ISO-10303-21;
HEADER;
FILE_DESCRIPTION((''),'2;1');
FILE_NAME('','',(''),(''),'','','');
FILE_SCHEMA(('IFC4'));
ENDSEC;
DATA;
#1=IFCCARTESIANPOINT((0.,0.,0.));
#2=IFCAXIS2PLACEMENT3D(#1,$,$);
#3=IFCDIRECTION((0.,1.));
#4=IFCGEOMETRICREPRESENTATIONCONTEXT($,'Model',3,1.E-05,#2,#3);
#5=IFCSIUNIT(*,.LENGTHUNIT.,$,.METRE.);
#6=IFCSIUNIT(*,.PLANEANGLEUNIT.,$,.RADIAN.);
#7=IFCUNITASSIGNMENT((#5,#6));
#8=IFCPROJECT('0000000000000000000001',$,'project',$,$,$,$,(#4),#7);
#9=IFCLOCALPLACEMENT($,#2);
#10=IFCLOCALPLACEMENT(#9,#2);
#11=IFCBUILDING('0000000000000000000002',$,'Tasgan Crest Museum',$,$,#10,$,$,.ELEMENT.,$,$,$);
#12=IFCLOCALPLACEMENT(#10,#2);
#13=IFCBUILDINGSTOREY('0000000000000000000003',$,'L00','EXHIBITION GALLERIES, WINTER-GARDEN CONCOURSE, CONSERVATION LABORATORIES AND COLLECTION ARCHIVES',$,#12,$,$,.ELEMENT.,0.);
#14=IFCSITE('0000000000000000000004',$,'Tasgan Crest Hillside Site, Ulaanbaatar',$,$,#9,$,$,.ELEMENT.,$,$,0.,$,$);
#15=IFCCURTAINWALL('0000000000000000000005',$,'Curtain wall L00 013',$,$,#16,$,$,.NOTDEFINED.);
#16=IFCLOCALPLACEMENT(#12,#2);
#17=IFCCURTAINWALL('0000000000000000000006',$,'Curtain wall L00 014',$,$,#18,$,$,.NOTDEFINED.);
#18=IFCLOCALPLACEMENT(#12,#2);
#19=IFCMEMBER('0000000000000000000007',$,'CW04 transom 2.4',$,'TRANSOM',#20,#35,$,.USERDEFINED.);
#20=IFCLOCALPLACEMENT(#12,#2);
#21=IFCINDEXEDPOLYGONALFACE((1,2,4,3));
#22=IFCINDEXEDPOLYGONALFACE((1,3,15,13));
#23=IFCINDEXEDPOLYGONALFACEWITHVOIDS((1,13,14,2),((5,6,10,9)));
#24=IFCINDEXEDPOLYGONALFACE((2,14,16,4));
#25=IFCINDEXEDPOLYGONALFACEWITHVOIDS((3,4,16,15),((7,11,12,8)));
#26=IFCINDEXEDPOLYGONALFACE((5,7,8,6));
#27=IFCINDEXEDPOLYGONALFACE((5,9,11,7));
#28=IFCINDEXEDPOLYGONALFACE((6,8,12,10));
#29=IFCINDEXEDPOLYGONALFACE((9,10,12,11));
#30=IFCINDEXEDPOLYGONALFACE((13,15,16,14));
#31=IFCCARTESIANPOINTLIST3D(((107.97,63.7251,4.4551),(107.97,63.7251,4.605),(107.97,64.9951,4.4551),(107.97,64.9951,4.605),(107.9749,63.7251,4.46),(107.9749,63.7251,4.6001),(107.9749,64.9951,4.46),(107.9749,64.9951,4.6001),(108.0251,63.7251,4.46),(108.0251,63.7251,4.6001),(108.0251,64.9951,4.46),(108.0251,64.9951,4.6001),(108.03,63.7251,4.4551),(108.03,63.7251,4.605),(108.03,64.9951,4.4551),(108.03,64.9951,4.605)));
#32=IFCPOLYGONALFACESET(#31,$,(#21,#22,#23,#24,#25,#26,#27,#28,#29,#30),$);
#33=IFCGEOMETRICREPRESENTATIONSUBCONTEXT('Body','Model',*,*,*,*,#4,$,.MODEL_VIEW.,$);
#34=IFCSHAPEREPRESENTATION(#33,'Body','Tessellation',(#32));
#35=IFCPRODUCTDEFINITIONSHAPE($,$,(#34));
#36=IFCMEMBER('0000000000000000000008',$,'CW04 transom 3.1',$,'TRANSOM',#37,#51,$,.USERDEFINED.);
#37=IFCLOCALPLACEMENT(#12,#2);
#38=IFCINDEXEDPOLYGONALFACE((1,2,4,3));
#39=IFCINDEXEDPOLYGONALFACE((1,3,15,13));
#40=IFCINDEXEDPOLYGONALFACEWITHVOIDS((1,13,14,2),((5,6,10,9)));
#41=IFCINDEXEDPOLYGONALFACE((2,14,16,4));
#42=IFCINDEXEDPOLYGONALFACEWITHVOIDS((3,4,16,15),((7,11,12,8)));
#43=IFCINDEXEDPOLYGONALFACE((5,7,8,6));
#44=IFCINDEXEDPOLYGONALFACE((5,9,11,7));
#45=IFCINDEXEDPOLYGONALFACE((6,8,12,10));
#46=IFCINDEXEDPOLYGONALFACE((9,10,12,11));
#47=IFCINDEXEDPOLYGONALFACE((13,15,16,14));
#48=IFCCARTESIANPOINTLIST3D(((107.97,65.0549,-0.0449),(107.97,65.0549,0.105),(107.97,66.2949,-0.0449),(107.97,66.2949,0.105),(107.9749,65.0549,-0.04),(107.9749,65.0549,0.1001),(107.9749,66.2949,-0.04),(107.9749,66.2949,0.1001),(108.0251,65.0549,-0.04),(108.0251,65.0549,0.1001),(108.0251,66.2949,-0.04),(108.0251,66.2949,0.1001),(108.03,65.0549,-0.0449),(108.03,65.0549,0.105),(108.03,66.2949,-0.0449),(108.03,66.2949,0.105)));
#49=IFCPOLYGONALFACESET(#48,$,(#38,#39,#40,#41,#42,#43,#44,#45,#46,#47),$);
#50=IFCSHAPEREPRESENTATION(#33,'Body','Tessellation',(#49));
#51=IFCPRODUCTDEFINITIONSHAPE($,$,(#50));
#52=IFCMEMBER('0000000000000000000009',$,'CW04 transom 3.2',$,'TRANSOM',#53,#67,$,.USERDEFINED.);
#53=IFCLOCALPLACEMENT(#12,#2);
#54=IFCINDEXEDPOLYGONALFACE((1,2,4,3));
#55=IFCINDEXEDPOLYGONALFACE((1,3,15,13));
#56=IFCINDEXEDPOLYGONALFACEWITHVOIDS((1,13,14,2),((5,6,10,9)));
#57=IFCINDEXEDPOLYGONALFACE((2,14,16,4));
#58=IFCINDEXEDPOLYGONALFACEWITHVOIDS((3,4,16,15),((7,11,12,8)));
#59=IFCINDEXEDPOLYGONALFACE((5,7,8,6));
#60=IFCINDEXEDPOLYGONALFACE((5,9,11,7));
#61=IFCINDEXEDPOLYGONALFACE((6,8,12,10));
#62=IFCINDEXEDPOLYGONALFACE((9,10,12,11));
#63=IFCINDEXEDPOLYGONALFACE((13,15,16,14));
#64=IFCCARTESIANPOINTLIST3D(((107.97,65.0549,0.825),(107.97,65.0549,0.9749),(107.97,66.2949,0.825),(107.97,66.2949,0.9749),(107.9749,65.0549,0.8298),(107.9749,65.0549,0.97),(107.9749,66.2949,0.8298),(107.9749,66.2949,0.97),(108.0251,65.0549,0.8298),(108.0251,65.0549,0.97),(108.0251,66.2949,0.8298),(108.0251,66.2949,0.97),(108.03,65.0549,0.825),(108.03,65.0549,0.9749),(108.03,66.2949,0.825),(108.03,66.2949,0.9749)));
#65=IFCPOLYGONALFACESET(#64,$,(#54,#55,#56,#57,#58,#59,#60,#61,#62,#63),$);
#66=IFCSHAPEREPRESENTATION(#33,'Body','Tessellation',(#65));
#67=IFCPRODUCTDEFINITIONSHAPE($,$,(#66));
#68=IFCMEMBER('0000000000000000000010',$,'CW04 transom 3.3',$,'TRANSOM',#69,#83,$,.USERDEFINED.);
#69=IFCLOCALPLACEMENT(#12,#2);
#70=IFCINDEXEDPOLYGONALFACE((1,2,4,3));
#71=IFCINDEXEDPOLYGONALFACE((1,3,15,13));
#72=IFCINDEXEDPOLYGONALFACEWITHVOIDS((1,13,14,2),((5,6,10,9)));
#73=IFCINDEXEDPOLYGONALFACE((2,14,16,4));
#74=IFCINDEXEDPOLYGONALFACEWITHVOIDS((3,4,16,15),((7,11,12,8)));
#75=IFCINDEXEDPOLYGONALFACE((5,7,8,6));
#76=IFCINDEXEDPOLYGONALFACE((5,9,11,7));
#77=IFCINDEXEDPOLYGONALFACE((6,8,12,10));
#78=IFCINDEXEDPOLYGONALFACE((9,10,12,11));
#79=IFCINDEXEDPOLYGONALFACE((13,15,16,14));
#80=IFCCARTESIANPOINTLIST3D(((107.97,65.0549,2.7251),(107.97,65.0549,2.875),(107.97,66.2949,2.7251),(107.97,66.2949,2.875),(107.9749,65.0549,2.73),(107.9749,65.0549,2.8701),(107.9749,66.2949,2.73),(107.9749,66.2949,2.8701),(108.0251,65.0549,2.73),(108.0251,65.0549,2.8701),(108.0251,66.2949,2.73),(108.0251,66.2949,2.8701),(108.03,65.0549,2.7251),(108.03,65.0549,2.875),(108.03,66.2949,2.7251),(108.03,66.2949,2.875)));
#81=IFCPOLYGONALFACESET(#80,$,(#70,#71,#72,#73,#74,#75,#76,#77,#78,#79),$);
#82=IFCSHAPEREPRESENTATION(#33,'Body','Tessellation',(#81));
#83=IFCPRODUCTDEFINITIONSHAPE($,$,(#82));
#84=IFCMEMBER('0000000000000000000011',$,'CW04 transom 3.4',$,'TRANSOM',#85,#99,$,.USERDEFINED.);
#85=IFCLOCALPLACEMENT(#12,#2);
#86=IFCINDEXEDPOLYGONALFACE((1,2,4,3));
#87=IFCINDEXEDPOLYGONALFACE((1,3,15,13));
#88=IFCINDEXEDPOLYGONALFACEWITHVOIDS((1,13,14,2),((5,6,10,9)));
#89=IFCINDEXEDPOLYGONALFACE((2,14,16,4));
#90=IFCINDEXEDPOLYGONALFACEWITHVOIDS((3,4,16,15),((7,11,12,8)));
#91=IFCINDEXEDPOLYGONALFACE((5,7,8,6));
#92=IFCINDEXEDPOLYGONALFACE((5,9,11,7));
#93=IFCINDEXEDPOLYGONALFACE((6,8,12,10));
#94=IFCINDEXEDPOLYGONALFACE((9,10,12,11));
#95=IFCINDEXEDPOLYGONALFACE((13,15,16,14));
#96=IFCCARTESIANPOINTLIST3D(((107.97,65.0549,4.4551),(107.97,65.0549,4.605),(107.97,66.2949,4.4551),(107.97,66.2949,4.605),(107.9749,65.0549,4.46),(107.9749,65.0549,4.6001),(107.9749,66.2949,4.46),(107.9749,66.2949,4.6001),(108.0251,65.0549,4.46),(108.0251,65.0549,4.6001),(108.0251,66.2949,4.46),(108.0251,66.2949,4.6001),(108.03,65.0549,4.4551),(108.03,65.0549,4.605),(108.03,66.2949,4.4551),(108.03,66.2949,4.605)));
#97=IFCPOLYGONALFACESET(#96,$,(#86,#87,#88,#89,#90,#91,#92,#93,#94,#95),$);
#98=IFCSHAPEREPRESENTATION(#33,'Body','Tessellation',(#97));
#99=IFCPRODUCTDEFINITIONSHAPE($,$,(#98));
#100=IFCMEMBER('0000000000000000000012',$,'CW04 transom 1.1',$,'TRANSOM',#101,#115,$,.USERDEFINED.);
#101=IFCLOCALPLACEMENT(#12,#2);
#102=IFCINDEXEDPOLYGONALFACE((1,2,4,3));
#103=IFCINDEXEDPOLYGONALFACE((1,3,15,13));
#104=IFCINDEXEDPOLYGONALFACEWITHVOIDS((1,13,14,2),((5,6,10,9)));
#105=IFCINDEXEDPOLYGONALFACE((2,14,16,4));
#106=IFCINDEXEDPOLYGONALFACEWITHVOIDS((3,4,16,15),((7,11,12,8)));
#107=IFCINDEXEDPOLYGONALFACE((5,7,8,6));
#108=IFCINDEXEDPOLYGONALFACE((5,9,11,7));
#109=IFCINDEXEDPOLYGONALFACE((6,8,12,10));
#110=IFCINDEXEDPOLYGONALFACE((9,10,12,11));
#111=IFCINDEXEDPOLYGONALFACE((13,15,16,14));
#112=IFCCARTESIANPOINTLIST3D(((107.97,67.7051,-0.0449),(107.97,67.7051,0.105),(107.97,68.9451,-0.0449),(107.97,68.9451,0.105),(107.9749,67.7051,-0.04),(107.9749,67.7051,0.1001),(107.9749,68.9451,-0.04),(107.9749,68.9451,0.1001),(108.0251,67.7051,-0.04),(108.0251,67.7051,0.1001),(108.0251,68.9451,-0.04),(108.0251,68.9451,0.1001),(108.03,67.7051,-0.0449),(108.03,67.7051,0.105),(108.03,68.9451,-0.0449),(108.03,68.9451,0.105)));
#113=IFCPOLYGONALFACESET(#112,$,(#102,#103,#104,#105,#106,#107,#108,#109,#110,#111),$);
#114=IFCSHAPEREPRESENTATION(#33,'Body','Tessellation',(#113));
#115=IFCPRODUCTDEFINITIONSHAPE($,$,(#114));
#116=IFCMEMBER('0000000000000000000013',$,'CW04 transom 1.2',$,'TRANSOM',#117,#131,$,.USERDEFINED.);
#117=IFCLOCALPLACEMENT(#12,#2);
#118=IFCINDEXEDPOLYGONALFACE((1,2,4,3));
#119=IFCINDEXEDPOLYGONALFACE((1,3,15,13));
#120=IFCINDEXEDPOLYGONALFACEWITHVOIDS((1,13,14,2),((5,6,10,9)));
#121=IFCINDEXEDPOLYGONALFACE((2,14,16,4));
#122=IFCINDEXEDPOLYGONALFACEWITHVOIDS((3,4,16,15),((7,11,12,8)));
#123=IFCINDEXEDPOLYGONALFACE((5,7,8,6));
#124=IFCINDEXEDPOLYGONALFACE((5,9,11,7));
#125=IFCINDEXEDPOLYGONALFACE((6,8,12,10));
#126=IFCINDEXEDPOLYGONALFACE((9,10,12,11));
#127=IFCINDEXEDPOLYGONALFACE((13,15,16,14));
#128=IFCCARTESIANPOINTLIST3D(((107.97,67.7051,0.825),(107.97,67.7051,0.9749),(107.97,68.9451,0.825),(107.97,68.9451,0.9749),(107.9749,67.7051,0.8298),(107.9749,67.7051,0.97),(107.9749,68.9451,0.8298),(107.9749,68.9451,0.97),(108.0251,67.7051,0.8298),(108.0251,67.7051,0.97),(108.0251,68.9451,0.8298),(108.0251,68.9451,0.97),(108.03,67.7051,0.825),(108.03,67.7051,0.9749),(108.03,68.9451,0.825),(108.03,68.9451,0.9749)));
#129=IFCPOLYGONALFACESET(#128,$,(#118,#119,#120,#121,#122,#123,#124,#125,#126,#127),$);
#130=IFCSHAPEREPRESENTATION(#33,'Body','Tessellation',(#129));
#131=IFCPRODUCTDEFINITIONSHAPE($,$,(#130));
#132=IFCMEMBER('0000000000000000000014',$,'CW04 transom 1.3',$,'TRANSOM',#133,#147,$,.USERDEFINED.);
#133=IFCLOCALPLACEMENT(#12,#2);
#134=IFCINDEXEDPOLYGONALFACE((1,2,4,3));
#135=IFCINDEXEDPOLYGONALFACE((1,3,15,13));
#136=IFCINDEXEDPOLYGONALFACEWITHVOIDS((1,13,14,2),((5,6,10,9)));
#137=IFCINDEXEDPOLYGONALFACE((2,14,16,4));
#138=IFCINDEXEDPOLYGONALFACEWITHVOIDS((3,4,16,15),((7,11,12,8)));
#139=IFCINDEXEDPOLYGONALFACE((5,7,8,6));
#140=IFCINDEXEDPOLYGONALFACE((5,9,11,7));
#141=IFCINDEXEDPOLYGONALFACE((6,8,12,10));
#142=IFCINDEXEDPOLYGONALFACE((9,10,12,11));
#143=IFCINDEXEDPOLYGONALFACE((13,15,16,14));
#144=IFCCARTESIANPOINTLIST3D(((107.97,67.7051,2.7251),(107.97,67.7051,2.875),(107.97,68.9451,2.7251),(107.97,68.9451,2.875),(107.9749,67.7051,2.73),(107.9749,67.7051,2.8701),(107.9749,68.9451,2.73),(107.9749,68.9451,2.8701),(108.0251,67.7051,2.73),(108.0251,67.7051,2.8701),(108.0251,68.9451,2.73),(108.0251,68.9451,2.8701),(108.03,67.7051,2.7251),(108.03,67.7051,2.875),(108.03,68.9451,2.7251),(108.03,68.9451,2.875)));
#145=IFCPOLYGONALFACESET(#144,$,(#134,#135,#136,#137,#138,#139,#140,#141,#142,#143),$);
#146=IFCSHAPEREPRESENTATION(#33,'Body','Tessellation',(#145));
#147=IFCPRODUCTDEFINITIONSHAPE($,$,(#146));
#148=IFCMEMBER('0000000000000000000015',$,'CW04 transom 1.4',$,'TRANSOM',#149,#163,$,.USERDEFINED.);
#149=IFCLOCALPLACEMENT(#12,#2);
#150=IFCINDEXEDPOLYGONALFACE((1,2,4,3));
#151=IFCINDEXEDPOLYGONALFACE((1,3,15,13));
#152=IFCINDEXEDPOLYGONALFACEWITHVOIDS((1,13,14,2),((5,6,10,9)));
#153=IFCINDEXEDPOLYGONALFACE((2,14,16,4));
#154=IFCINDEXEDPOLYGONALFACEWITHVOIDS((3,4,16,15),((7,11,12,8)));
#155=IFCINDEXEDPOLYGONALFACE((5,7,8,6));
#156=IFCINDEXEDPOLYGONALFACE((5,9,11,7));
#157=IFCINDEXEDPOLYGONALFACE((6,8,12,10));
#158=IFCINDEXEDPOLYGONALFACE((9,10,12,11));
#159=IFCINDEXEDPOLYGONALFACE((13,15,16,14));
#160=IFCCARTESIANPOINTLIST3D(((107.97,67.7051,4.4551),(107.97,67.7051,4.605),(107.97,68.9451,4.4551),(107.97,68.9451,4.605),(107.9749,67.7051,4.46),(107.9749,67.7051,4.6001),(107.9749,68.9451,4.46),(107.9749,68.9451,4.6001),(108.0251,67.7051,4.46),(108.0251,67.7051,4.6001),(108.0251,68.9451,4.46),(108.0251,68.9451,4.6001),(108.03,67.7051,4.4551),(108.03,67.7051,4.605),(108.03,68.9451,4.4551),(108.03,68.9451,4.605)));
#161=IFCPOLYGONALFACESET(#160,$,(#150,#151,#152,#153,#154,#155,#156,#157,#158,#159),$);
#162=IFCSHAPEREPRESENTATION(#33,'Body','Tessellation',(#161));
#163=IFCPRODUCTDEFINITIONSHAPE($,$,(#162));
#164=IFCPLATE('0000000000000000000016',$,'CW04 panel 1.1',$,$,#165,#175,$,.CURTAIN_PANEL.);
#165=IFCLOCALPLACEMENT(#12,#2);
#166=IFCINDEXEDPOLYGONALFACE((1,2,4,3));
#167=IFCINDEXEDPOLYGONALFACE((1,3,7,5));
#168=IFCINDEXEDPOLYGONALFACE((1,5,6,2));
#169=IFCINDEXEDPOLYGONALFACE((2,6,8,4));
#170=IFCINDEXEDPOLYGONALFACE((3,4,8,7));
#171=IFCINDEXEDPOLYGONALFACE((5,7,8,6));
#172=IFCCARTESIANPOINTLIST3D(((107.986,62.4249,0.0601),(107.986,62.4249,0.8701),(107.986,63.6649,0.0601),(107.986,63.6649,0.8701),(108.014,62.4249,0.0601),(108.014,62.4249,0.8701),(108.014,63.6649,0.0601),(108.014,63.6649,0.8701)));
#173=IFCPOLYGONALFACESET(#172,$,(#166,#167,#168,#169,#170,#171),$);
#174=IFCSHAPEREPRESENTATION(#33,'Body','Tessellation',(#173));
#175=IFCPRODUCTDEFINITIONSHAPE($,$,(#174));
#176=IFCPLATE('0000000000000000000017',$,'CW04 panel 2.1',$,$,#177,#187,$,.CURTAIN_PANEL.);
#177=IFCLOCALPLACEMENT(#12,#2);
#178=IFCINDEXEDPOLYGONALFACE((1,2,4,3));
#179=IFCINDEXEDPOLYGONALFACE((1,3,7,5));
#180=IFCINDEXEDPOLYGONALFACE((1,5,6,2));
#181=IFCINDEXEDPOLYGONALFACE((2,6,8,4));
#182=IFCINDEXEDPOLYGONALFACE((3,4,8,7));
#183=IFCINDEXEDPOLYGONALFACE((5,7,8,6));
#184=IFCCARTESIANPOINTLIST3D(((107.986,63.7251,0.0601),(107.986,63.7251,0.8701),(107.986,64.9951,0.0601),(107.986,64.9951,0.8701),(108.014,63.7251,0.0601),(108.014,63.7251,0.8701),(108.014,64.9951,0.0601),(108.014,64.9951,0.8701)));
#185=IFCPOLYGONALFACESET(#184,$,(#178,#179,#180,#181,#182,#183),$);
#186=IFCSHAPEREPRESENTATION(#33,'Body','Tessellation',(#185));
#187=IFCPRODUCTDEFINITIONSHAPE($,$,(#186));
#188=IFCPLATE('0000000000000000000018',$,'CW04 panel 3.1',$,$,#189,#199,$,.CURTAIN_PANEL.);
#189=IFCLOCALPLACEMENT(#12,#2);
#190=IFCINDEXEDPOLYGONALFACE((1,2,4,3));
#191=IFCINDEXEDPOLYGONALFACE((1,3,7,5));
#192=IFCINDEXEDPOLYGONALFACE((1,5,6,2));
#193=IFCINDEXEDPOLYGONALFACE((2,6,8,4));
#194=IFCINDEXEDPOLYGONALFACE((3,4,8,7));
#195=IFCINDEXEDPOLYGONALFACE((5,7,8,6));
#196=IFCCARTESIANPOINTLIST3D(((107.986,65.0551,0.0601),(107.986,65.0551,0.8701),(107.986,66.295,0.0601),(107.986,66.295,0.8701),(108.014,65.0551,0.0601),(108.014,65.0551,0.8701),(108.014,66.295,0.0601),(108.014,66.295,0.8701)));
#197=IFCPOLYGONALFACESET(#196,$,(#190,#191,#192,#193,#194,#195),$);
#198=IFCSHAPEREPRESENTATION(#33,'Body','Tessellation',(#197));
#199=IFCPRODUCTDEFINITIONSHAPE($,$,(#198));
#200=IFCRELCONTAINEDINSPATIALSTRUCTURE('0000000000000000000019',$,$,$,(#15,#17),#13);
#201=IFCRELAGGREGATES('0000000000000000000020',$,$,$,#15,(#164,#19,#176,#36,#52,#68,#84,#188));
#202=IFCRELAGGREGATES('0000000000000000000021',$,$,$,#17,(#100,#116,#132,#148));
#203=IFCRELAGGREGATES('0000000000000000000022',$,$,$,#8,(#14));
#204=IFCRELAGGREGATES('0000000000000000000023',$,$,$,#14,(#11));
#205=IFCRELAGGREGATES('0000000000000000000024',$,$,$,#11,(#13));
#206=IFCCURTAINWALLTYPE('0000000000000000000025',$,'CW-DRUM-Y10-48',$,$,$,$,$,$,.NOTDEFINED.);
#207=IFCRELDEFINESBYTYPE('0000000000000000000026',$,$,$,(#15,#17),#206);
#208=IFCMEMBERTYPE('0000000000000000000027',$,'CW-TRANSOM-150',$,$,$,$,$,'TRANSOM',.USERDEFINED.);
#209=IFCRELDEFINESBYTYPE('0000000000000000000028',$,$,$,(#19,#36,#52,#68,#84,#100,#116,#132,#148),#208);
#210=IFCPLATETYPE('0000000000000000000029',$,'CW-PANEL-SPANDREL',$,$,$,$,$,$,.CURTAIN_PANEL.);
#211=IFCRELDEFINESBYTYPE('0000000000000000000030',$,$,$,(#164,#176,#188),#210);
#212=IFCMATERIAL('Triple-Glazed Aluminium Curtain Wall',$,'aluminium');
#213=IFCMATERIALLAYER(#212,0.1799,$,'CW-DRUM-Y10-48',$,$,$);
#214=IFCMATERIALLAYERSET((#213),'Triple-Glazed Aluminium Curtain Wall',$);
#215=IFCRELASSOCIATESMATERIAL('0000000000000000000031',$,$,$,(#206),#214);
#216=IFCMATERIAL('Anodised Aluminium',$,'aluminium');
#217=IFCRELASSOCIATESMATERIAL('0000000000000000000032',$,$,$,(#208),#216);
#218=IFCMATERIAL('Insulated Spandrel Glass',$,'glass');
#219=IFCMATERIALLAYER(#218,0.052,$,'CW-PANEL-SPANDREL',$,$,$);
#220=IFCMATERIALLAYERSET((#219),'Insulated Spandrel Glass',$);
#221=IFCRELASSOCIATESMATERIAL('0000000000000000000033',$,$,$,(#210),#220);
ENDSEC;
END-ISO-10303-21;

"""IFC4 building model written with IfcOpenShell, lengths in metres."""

from ifc_helpers import new_model, si_unit, direction, frame, origin, origin_2d, place, context, subcontext, project, spatial, rectangle, hollow_rectangle, extrude, material, layer, layer_set, material_profile, profile_set, type_object, element, aggregate, save


model = new_model("IFC4")

# Units and contexts
model_context = context("Model", 3, precision=1e-05, world=origin(), true_north=direction((0.0, 1.0)))
body_context = subcontext(model_context, "Body", "Model", "MODEL_VIEW")
ifc_project = project(units=[si_unit("LENGTHUNIT", "METRE"), si_unit("PLANEANGLEUNIT", "RADIAN")], contexts=[model_context])

# Site, building, storey
site_placement = place(None, origin())
site = spatial("IfcSite", under=ifc_project, at=site_placement, Name="Tasgan Crest Hillside Site, Ulaanbaatar", CompositionType="ELEMENT", RefElevation=0.0)
building_placement = place(site_placement, origin())
building = spatial("IfcBuilding", under=site, at=building_placement, Name="Tasgan Crest Museum", CompositionType="ELEMENT")
storey_placement = place(building_placement, origin())
storey = spatial("IfcBuildingStorey", under=building, at=storey_placement, Name="L00", Description="EXHIBITION GALLERIES, WINTER-GARDEN CONCOURSE, CONSERVATION LABORATORIES AND COLLECTION ARCHIVES", CompositionType="ELEMENT", Elevation=0.0)

# Curtain walls
ifc_material_1 = material(Name="Triple-Glazed Aluminium Curtain Wall", Category="aluminium")
ifc_layer_1 = layer(ifc_material_1, 0.1799, Name="CW-DRUM-Y10-48")
ifc_layer_set_1 = layer_set([ifc_layer_1], Name="Triple-Glazed Aluminium Curtain Wall")
curtain_wall_type = type_object("IfcCurtainWallType", Name="CW-DRUM-Y10-48", PredefinedType="NOTDEFINED", material=ifc_layer_set_1)
curtain_wall_1_placement = place(storey_placement, origin())
curtain_wall_1 = element("IfcCurtainWall", 1, at=curtain_wall_1_placement, inside=storey, type_object=curtain_wall_type, Name="Curtain wall L00 013", PredefinedType="NOTDEFINED")
curtain_wall_2_placement = place(storey_placement, origin())
curtain_wall_2 = element("IfcCurtainWall", 2, at=curtain_wall_2_placement, inside=storey, type_object=curtain_wall_type, Name="Curtain wall L00 014", PredefinedType="NOTDEFINED")

# Members
ifc_material_2 = material(Name="Anodised Aluminium", Category="aluminium")
ifc_material_profile_1 = material_profile(ifc_material_2, hollow_rectangle(XDim=0.0601, YDim=0.1499, WallThickness=0.0049, at=origin_2d()), Name="ALU TRANSOM 150x60x5")
ifc_profile_set_1 = profile_set([ifc_material_profile_1], Name="Anodised Aluminium")
member_type_1 = type_object("IfcMemberType", Name="CW-TRANSOM-150", ElementType="TRANSOM", PredefinedType="USERDEFINED", material=ifc_profile_set_1)
member_1_placement = place(storey_placement, frame((108.0, 63.7251, 4.53), z_axis=(0.0, 1.0, 0.0), x_axis=(-1.0, 0.0, 0.0)))
member_1 = element("IfcMember", 3, at=member_1_placement, type_object=member_type_1, Name="CW04 transom 2.4", ObjectType="TRANSOM", PredefinedType="USERDEFINED", context=body_context, shape_type="SweptSolid", body=[
    extrude(hollow_rectangle(XDim=0.0601, YDim=0.1499, WallThickness=0.0049, at=origin_2d()), origin(), (0.0, 0.0, 1.0), 1.27),
])
member_2_placement = place(storey_placement, frame((108.0, 65.0549, 0.03), z_axis=(0.0, 1.0, 0.0), x_axis=(-1.0, 0.0, 0.0)))
member_2 = element("IfcMember", 4, at=member_2_placement, type_object=member_type_1, Name="CW04 transom 3.1", ObjectType="TRANSOM", PredefinedType="USERDEFINED", context=body_context, shape_type="SweptSolid", body=[
    extrude(hollow_rectangle(XDim=0.0601, YDim=0.1499, WallThickness=0.0049, at=origin_2d()), origin(), (0.0, 0.0, 1.0), 1.24),
])
member_3_placement = place(storey_placement, frame((108.0, 65.0549, 0.8999), z_axis=(0.0, 1.0, 0.0), x_axis=(-1.0, 0.0, 0.0)))
member_3 = element("IfcMember", 5, at=member_3_placement, type_object=member_type_1, Name="CW04 transom 3.2", ObjectType="TRANSOM", PredefinedType="USERDEFINED", context=body_context, shape_type="SweptSolid", body=[
    extrude(hollow_rectangle(XDim=0.0601, YDim=0.1499, WallThickness=0.0049, at=origin_2d()), origin(), (0.0, 0.0, 1.0), 1.24),
])
member_4_placement = place(storey_placement, frame((108.0, 65.0549, 2.8), z_axis=(0.0, 1.0, 0.0), x_axis=(-1.0, 0.0, 0.0)))
member_4 = element("IfcMember", 6, at=member_4_placement, type_object=member_type_1, Name="CW04 transom 3.3", ObjectType="TRANSOM", PredefinedType="USERDEFINED", context=body_context, shape_type="SweptSolid", body=[
    extrude(hollow_rectangle(XDim=0.0601, YDim=0.1499, WallThickness=0.0049, at=origin_2d()), origin(), (0.0, 0.0, 1.0), 1.24),
])
member_5_placement = place(storey_placement, frame((108.0, 65.0549, 4.53), z_axis=(0.0, 1.0, 0.0), x_axis=(-1.0, 0.0, 0.0)))
member_5 = element("IfcMember", 7, at=member_5_placement, type_object=member_type_1, Name="CW04 transom 3.4", ObjectType="TRANSOM", PredefinedType="USERDEFINED", context=body_context, shape_type="SweptSolid", body=[
    extrude(hollow_rectangle(XDim=0.0601, YDim=0.1499, WallThickness=0.0049, at=origin_2d()), origin(), (0.0, 0.0, 1.0), 1.24),
])
member_6_placement = place(storey_placement, frame((108.0, 67.7051, 0.03), z_axis=(0.0, 1.0, 0.0), x_axis=(-1.0, 0.0, 0.0)))
member_6 = element("IfcMember", 8, at=member_6_placement, type_object=member_type_1, Name="CW04 transom 1.1", ObjectType="TRANSOM", PredefinedType="USERDEFINED", context=body_context, shape_type="SweptSolid", body=[
    extrude(hollow_rectangle(XDim=0.0601, YDim=0.1499, WallThickness=0.0049, at=origin_2d()), origin(), (0.0, 0.0, 1.0), 1.24),
])
member_7_placement = place(storey_placement, frame((108.0, 67.7051, 0.8999), z_axis=(0.0, 1.0, 0.0), x_axis=(-1.0, 0.0, 0.0)))
member_7 = element("IfcMember", 9, at=member_7_placement, type_object=member_type_1, Name="CW04 transom 1.2", ObjectType="TRANSOM", PredefinedType="USERDEFINED", context=body_context, shape_type="SweptSolid", body=[
    extrude(hollow_rectangle(XDim=0.0601, YDim=0.1499, WallThickness=0.0049, at=origin_2d()), origin(), (0.0, 0.0, 1.0), 1.24),
])
member_8_placement = place(storey_placement, frame((108.0, 67.7051, 2.8), z_axis=(0.0, 1.0, 0.0), x_axis=(-1.0, 0.0, 0.0)))
member_8 = element("IfcMember", 10, at=member_8_placement, type_object=member_type_1, Name="CW04 transom 1.3", ObjectType="TRANSOM", PredefinedType="USERDEFINED", context=body_context, shape_type="SweptSolid", body=[
    extrude(hollow_rectangle(XDim=0.0601, YDim=0.1499, WallThickness=0.0049, at=origin_2d()), origin(), (0.0, 0.0, 1.0), 1.24),
])
member_9_placement = place(storey_placement, frame((108.0, 67.7051, 4.53), z_axis=(0.0, 1.0, 0.0), x_axis=(-1.0, 0.0, 0.0)))
member_9 = element("IfcMember", 11, at=member_9_placement, type_object=member_type_1, Name="CW04 transom 1.4", ObjectType="TRANSOM", PredefinedType="USERDEFINED", context=body_context, shape_type="SweptSolid", body=[
    extrude(hollow_rectangle(XDim=0.0601, YDim=0.1499, WallThickness=0.0049, at=origin_2d()), origin(), (0.0, 0.0, 1.0), 1.24),
])

# Plates
ifc_material_3 = material(Name="Insulated Spandrel Glass", Category="glass")
ifc_layer_2 = layer(ifc_material_3, 0.052, Name="CW-PANEL-SPANDREL")
ifc_layer_set_2 = layer_set([ifc_layer_2], Name="Insulated Spandrel Glass")
plate_type_1 = type_object("IfcPlateType", Name="CW-PANEL-SPANDREL", PredefinedType="CURTAIN_PANEL", material=ifc_layer_set_2)
plate_1_placement = place(storey_placement, frame((108.0, 63.0449, 0.0601), z_axis=(0.0, 0.0, 1.0), x_axis=(0.0, 1.0, 0.0)))
plate_1 = element("IfcPlate", 12, at=plate_1_placement, type_object=plate_type_1, Name="CW04 panel 1.1", PredefinedType="CURTAIN_PANEL", context=body_context, shape_type="SweptSolid", body=[
    extrude(rectangle(XDim=1.24, YDim=0.0281, at=origin_2d()), origin(), (0.0, 0.0, 1.0), 0.8101),
])
plate_2_placement = place(storey_placement, frame((108.0, 64.3601, 0.0601), z_axis=(0.0, 0.0, 1.0), x_axis=(0.0, 1.0, 0.0)))
plate_2 = element("IfcPlate", 13, at=plate_2_placement, type_object=plate_type_1, Name="CW04 panel 2.1", PredefinedType="CURTAIN_PANEL", context=body_context, shape_type="SweptSolid", body=[
    extrude(rectangle(XDim=1.27, YDim=0.0281, at=origin_2d()), origin(), (0.0, 0.0, 1.0), 0.8101),
])
plate_3_placement = place(storey_placement, frame((108.0, 65.675, 0.0601), z_axis=(0.0, 0.0, 1.0), x_axis=(0.0, 1.0, 0.0)))
plate_3 = element("IfcPlate", 14, at=plate_3_placement, type_object=plate_type_1, Name="CW04 panel 3.1", PredefinedType="CURTAIN_PANEL", context=body_context, shape_type="SweptSolid", body=[
    extrude(rectangle(XDim=1.24, YDim=0.0281, at=origin_2d()), origin(), (0.0, 0.0, 1.0), 0.8101),
])
aggregate(curtain_wall_1, [plate_1, member_1, plate_2, member_2, member_3, member_4, member_5, plate_3])
aggregate(curtain_wall_2, [member_6, member_7, member_8, member_9])

save(model, "model.ifc")
